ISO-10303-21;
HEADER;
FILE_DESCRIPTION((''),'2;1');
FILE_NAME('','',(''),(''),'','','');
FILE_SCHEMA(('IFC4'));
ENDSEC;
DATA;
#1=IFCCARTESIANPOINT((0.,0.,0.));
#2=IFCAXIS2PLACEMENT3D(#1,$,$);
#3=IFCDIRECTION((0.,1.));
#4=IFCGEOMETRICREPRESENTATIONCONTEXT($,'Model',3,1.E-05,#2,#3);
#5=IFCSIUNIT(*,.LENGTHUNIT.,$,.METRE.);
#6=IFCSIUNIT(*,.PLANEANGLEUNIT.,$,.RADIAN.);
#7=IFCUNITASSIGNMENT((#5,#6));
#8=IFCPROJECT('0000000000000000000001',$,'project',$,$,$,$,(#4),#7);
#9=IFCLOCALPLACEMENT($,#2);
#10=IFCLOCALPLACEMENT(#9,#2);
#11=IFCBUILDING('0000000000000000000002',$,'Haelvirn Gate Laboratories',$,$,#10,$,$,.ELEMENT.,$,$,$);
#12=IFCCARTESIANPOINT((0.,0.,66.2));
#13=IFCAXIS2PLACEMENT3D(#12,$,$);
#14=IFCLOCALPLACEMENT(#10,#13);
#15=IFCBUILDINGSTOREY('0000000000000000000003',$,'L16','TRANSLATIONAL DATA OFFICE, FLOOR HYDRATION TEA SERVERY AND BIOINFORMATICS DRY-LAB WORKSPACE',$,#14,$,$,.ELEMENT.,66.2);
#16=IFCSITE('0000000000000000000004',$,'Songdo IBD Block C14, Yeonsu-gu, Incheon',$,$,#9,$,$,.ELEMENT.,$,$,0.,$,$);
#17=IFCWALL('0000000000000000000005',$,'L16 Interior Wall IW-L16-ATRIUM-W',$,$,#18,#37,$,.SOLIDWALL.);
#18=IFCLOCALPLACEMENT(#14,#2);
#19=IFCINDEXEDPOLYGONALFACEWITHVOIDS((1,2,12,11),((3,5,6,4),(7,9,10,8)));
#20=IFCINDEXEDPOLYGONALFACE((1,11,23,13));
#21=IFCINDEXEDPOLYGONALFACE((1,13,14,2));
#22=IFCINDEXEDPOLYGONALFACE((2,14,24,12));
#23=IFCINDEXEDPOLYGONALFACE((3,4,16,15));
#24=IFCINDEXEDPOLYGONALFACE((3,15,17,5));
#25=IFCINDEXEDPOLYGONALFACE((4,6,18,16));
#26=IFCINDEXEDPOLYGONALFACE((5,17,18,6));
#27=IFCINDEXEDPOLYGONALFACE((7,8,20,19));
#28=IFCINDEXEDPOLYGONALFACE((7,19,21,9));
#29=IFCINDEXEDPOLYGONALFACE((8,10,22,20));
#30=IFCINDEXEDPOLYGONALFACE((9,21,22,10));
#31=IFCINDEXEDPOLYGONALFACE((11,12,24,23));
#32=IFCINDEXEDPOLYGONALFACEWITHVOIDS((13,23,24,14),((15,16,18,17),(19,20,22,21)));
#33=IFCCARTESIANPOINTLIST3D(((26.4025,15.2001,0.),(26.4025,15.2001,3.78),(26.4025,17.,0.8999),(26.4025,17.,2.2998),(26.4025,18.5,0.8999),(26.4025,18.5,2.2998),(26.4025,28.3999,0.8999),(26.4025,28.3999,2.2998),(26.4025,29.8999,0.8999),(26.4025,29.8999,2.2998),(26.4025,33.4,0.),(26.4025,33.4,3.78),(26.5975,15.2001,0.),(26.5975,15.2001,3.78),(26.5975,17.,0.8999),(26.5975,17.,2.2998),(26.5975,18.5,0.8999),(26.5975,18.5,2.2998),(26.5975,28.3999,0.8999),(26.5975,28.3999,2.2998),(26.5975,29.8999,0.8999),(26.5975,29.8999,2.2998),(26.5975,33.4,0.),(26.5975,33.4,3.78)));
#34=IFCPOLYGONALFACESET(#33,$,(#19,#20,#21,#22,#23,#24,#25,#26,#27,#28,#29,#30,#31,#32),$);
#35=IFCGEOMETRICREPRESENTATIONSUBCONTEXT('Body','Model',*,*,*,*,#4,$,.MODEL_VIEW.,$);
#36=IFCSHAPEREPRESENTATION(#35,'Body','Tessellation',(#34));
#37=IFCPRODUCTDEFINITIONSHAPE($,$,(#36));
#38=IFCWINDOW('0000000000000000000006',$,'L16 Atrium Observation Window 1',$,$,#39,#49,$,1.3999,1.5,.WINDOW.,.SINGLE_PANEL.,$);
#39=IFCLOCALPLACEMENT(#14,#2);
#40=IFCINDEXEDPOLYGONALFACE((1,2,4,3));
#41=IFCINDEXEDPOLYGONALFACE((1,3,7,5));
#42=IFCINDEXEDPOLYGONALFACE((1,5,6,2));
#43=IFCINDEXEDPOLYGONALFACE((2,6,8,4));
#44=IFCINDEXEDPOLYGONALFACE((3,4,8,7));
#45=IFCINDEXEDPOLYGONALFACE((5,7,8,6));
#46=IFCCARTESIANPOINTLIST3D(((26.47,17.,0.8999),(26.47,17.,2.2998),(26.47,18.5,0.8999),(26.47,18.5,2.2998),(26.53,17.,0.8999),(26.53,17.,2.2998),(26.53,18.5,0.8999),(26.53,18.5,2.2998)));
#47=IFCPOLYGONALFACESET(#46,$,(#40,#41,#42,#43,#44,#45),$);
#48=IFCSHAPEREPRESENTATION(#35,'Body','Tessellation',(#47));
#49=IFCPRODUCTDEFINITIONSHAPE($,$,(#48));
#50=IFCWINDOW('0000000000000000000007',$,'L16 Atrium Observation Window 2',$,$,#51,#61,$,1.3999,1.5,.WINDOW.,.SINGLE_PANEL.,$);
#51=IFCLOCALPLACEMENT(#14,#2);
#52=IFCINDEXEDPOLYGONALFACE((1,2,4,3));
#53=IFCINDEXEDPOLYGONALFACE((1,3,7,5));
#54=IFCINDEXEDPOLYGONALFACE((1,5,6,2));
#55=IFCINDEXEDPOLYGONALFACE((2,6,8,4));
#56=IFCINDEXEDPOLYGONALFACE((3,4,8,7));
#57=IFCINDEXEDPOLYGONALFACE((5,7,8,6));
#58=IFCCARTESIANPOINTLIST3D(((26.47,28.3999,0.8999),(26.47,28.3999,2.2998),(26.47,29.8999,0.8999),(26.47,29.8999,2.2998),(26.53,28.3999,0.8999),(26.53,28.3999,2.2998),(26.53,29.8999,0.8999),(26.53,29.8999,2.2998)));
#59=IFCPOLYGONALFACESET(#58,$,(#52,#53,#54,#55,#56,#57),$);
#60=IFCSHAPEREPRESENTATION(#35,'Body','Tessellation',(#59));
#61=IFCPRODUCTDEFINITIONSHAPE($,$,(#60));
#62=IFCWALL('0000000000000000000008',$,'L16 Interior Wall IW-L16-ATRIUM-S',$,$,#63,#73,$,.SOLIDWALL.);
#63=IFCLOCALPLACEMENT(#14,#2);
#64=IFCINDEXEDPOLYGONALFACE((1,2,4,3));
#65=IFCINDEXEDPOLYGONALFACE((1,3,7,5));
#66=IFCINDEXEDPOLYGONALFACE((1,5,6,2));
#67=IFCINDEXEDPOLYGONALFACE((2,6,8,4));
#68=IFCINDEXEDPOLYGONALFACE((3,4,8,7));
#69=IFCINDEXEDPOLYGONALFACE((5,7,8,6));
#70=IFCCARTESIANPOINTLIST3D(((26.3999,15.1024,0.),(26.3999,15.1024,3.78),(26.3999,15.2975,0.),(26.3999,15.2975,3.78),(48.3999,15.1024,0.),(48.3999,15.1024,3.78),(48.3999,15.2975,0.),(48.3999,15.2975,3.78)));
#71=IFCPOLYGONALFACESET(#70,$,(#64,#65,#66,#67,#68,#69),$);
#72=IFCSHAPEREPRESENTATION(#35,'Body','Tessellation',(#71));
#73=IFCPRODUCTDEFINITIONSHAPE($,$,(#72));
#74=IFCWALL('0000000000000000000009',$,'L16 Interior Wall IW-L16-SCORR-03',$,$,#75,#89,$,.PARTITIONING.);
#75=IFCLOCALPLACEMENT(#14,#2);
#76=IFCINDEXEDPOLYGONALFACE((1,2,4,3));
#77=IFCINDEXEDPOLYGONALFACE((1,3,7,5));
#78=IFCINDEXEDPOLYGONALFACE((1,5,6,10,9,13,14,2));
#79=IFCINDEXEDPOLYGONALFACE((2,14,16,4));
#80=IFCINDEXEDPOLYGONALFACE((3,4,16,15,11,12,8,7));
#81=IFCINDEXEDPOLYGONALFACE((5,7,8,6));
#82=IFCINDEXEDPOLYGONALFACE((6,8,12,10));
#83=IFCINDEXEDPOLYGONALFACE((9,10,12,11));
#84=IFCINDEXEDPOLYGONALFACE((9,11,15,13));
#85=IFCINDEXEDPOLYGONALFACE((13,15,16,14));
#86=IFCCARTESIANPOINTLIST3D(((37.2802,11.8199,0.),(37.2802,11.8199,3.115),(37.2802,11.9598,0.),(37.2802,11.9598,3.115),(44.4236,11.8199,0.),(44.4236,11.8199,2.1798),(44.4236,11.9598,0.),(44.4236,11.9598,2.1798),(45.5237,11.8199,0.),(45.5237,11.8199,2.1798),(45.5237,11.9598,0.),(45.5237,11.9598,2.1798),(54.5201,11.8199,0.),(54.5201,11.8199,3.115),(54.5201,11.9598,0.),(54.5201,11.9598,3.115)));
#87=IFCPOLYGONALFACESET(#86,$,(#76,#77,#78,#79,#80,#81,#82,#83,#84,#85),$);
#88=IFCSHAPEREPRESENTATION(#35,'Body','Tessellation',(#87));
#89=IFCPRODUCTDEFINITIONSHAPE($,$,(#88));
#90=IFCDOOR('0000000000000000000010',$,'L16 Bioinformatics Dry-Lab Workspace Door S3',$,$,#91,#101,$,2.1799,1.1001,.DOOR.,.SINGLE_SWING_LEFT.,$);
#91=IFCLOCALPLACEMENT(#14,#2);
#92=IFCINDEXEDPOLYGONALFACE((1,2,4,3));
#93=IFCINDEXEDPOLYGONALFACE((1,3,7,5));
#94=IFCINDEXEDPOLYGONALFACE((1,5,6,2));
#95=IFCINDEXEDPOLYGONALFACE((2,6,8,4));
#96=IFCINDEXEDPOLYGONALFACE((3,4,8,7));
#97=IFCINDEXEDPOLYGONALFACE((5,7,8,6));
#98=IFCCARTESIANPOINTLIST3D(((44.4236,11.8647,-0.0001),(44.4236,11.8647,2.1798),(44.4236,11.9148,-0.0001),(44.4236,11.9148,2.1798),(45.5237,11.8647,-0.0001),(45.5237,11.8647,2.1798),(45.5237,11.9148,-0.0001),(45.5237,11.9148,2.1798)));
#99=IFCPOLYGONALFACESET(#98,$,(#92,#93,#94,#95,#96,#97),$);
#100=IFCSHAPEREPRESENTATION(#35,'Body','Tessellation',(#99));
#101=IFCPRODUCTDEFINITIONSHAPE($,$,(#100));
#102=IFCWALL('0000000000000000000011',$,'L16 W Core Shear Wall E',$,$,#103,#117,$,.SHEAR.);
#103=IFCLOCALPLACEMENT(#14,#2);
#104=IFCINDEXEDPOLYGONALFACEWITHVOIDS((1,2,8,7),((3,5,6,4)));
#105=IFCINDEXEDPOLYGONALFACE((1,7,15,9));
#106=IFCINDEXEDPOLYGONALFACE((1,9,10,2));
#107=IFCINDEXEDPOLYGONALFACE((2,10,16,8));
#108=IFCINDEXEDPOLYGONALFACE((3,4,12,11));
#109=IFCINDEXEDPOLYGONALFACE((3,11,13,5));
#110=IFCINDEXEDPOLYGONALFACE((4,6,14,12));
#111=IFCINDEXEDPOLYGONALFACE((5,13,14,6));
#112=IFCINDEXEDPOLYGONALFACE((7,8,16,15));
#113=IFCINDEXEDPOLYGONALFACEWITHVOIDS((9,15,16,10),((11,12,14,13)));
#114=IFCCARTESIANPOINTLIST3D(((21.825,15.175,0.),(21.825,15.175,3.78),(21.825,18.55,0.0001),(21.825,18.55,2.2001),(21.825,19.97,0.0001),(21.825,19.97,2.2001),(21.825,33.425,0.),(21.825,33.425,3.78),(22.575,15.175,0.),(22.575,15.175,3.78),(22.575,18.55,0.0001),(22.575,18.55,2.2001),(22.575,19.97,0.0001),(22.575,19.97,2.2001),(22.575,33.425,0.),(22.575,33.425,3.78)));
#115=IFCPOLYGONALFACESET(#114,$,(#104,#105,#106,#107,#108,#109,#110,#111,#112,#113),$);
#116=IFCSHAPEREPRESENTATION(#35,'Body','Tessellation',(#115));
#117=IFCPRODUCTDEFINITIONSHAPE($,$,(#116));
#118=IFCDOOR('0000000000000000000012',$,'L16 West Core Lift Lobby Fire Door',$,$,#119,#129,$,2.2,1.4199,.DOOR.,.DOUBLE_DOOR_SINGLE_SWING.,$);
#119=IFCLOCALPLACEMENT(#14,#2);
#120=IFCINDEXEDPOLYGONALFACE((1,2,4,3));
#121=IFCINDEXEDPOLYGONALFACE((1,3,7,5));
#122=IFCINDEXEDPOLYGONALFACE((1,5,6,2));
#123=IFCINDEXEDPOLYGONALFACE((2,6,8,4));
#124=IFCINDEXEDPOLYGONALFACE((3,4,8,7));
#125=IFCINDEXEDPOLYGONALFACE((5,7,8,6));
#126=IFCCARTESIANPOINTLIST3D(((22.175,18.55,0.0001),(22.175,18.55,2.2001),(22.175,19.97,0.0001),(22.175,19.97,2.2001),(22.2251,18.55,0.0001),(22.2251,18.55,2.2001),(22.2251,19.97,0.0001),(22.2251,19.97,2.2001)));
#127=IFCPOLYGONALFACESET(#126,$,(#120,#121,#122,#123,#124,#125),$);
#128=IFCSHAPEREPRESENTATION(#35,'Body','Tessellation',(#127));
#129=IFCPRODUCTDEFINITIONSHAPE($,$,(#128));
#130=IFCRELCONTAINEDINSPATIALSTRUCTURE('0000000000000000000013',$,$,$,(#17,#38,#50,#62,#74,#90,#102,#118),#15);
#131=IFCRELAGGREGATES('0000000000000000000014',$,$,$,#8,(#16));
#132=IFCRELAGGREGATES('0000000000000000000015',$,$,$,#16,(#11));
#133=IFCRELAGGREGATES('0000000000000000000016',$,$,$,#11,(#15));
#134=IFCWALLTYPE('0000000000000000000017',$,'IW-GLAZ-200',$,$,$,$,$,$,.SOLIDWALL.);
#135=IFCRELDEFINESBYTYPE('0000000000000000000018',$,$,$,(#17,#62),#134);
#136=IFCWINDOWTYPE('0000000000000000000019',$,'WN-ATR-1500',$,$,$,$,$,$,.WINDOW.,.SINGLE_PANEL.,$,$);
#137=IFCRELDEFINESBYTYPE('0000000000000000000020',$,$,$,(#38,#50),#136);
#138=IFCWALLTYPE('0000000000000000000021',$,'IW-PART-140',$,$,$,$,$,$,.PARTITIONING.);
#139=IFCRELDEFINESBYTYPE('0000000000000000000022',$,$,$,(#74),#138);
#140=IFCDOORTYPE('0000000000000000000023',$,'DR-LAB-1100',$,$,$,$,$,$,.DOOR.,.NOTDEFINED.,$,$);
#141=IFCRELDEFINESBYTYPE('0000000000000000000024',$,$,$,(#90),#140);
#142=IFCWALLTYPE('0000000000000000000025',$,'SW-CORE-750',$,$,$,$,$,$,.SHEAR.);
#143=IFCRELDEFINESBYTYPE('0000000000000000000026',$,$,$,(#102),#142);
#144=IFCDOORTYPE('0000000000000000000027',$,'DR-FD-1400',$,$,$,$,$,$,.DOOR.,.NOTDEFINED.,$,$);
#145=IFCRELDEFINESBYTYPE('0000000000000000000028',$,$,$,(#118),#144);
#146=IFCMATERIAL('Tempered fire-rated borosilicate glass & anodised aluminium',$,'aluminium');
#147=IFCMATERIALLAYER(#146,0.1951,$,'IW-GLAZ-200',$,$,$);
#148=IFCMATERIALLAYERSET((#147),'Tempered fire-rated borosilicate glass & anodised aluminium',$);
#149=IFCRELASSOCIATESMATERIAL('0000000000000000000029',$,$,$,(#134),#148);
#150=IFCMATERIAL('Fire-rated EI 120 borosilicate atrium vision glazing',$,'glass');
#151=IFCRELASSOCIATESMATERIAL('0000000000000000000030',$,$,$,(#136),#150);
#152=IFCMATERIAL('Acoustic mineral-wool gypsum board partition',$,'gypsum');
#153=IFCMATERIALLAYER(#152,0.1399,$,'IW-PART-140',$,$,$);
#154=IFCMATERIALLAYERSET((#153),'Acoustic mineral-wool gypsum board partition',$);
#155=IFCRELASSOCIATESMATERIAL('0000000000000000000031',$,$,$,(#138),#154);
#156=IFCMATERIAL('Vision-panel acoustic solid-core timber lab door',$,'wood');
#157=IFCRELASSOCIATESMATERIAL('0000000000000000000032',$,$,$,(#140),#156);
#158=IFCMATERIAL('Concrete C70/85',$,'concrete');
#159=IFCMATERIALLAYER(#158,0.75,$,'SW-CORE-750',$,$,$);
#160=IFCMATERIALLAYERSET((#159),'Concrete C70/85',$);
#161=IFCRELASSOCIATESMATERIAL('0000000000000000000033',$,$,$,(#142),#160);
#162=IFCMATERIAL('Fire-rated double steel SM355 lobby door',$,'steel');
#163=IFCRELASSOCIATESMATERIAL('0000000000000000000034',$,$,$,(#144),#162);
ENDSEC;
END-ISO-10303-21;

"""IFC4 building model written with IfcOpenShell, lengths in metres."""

from ifc_helpers import new_model, si_unit, direction, frame, frame_2d, origin, place, context, subcontext, project, spatial, rectangle, extrude, source, transform, mapped, material, layer, layer_set, type_object, type_shapes, element, fill, save


model = new_model("IFC4")

# Units and contexts
model_context = context("Model", 3, precision=1e-05, world=origin(), true_north=direction((0.0, 1.0)))
body_context = subcontext(model_context, "Body", "Model", "MODEL_VIEW")
ifc_project = project(units=[si_unit("LENGTHUNIT", "METRE"), si_unit("PLANEANGLEUNIT", "RADIAN")], contexts=[model_context])

# Site, building, storey
site_placement = place(None, origin())
site = spatial("IfcSite", under=ifc_project, at=site_placement, Name="Songdo IBD Block C14, Yeonsu-gu, Incheon", CompositionType="ELEMENT", RefElevation=0.0)
building_placement = place(site_placement, origin())
building = spatial("IfcBuilding", under=site, at=building_placement, Name="Haelvirn Gate Laboratories", CompositionType="ELEMENT")
storey_placement = place(building_placement, frame((0.0, 0.0, 66.2)))
storey = spatial("IfcBuildingStorey", under=building, at=storey_placement, Name="L16", Description="TRANSLATIONAL DATA OFFICE, FLOOR HYDRATION TEA SERVERY AND BIOINFORMATICS DRY-LAB WORKSPACE", CompositionType="ELEMENT", Elevation=66.2)

# Wall, openings, windows
ifc_material_1 = material(Name="Tempered fire-rated borosilicate glass & anodised aluminium", Category="aluminium")
ifc_layer_1 = layer(ifc_material_1, 0.1951, Name="IW-GLAZ-200")
ifc_layer_set_1 = layer_set([ifc_layer_1], Name="Tempered fire-rated borosilicate glass & anodised aluminium")
wall_type_1 = type_object("IfcWallType", Name="IW-GLAZ-200", PredefinedType="SOLIDWALL", material=ifc_layer_set_1)
wall_1_placement = place(storey_placement, frame((26.5, 15.2, 0.0), z_axis=(0.0, 0.0, 1.0), x_axis=(0.0, 1.0, 0.0)))
wall_1 = element("IfcWall", 1, at=wall_1_placement, inside=storey, type_object=wall_type_1, Name="L16 Interior Wall IW-L16-ATRIUM-W", PredefinedType="SOLIDWALL", context=body_context, shape_type="SweptSolid", body=[
    extrude(rectangle(XDim=18.2, YDim=0.1951, at=frame_2d((9.1001, 0.0))), origin(), (0.0, 0.0, 1.0), 3.78),
])
opening_1_placement = place(wall_1_placement, frame((1.8, 0.0, 0.8999)))
opening_1 = element("IfcOpeningElement", 2, at=opening_1_placement, cuts=wall_1, PredefinedType="OPENING", context=body_context, shape_type="SweptSolid", body=[
    extrude(rectangle(XDim=1.5, YDim=1.3999, at=frame_2d((0.75, 0.7))), frame((0.0, 0.1074, 0.0), z_axis=(0.0, -1.0, 0.0), x_axis=(1.0, 0.0, 0.0)), (0.0, 0.0, 1.0), 0.2151),
])
opening_2_placement = place(wall_1_placement, frame((13.2, 0.0, 0.8999)))
opening_2 = element("IfcOpeningElement", 3, at=opening_2_placement, cuts=wall_1, PredefinedType="OPENING", context=body_context, shape_type="SweptSolid", body=[
    extrude(rectangle(XDim=1.5, YDim=1.3999, at=frame_2d((0.75, 0.7))), frame((0.0, 0.1074, 0.0), z_axis=(0.0, -1.0, 0.0), x_axis=(1.0, 0.0, 0.0)), (0.0, 0.0, 1.0), 0.2151),
])
ifc_material_2 = material(Name="Fire-rated EI 120 borosilicate atrium vision glazing", Category="glass")
window_type = type_object("IfcWindowType", Name="WN-ATR-1500", PartitioningType="SINGLE_PANEL", PredefinedType="WINDOW", material=ifc_material_2)
shared_shape_1 = source(origin(), body_context, "Body", "SweptSolid", [
    extrude(rectangle(XDim=1.5, YDim=1.3999, at=frame_2d((0.75, 0.7))), frame((0.0, 0.03, 0.0), z_axis=(0.0, -1.0, 0.0), x_axis=(1.0, 0.0, 0.0)), (0.0, 0.0, 1.0), 0.0601),
])
type_shapes(window_type, [shared_shape_1])
window_1_placement = place(opening_1_placement, origin())
window_1 = element("IfcWindow", 4, at=window_1_placement, inside=storey, type_object=window_type, Name="L16 Atrium Observation Window 1", OverallHeight=1.3999, OverallWidth=1.5, PartitioningType="SINGLE_PANEL", PredefinedType="WINDOW", context=body_context, shape_type="MappedRepresentation", body=[
    mapped(shared_shape_1, transform((0.0, 0.0, 0.0), scale=1.0)),
])
fill(opening_1, window_1)
window_2_placement = place(opening_2_placement, origin())
window_2 = element("IfcWindow", 5, at=window_2_placement, inside=storey, type_object=window_type, Name="L16 Atrium Observation Window 2", OverallHeight=1.3999, OverallWidth=1.5, PartitioningType="SINGLE_PANEL", PredefinedType="WINDOW", context=body_context, shape_type="MappedRepresentation", body=[
    mapped(shared_shape_1, transform((0.0, 0.0, 0.0), scale=1.0)),
])
fill(opening_2, window_2)

# Wall
wall_2_placement = place(storey_placement, frame((26.3999, 15.2, 0.0), z_axis=(0.0, 0.0, 1.0), x_axis=(1.0, 0.0, 0.0)))
element("IfcWall", 6, at=wall_2_placement, inside=storey, type_object=wall_type_1, Name="L16 Interior Wall IW-L16-ATRIUM-S", PredefinedType="SOLIDWALL", context=body_context, shape_type="SweptSolid", body=[
    extrude(rectangle(XDim=22.0, YDim=0.1951, at=frame_2d((11.0, 0.0))), origin(), (0.0, 0.0, 1.0), 3.78),
])

# Walls, openings, doors
ifc_material_3 = material(Name="Acoustic mineral-wool gypsum board partition", Category="gypsum")
ifc_layer_2 = layer(ifc_material_3, 0.1399, Name="IW-PART-140")
ifc_layer_set_2 = layer_set([ifc_layer_2], Name="Acoustic mineral-wool gypsum board partition")
wall_type_2 = type_object("IfcWallType", Name="IW-PART-140", PredefinedType="PARTITIONING", material=ifc_layer_set_2)
wall_3_placement = place(storey_placement, frame((37.28, 11.8899, 0.0), z_axis=(0.0, 0.0, 1.0), x_axis=(1.0, 0.0, 0.0)))
wall_3 = element("IfcWall", 7, at=wall_3_placement, inside=storey, type_object=wall_type_2, Name="L16 Interior Wall IW-L16-SCORR-03", PredefinedType="PARTITIONING", context=body_context, shape_type="SweptSolid", body=[
    extrude(rectangle(XDim=17.24, YDim=0.1399, at=frame_2d((8.6201, 0.0))), origin(), (0.0, 0.0, 1.0), 3.115),
])
opening_3_placement = place(wall_3_placement, frame((7.1436, 0.0, 0.0)))
opening_3 = element("IfcOpeningElement", 8, at=opening_3_placement, cuts=wall_3, PredefinedType="OPENING", context=body_context, shape_type="SweptSolid", body=[
    extrude(rectangle(XDim=1.1001, YDim=2.1799, at=frame_2d((0.55, 1.0898))), frame((0.0, 0.0801, 0.0), z_axis=(0.0, -1.0, 0.0), x_axis=(1.0, 0.0, 0.0)), (0.0, 0.0, 1.0), 0.1599),
])
ifc_material_4 = material(Name="Vision-panel acoustic solid-core timber lab door", Category="wood")
door_type_1 = type_object("IfcDoorType", Name="DR-LAB-1100", OperationType="NOTDEFINED", PredefinedType="DOOR", material=ifc_material_4)
shared_shape_2 = source(origin(), body_context, "Body", "SweptSolid", [
    extrude(rectangle(XDim=1.1001, YDim=2.1799, at=frame_2d((0.55, 1.0898))), frame((0.0, 0.0249, 0.0), z_axis=(0.0, -1.0, 0.0), x_axis=(1.0, 0.0, 0.0)), (0.0, 0.0, 1.0), 0.05),
])
type_shapes(door_type_1, [shared_shape_2])
door_1_placement = place(opening_3_placement, origin())
door_1 = element("IfcDoor", 9, at=door_1_placement, inside=storey, type_object=door_type_1, Name="L16 Bioinformatics Dry-Lab Workspace Door S3", OperationType="SINGLE_SWING_LEFT", OverallHeight=2.1799, OverallWidth=1.1001, PredefinedType="DOOR", context=body_context, shape_type="MappedRepresentation", body=[
    mapped(shared_shape_2, transform((0.0, 0.0, 0.0), scale=1.0)),
])
fill(opening_3, door_1)
ifc_material_5 = material(Name="Concrete C70/85", Category="concrete")
ifc_layer_3 = layer(ifc_material_5, 0.75, Name="SW-CORE-750")
ifc_layer_set_3 = layer_set([ifc_layer_3], Name="Concrete C70/85")
wall_type_3 = type_object("IfcWallType", Name="SW-CORE-750", PredefinedType="SHEAR", material=ifc_layer_set_3)
wall_4_placement = place(storey_placement, frame((22.2, 15.175, 0.0), z_axis=(0.0, 0.0, 1.0), x_axis=(0.0, 1.0, 0.0)))
wall_4 = element("IfcWall", 10, at=wall_4_placement, inside=storey, type_object=wall_type_3, Name="L16 W Core Shear Wall E", PredefinedType="SHEAR", context=body_context, shape_type="SweptSolid", body=[
    extrude(rectangle(XDim=18.25, YDim=0.75, at=frame_2d((9.125, 0.0))), origin(), (0.0, 0.0, 1.0), 3.78),
])
opening_4_placement = place(wall_4_placement, frame((3.375, 0.0, 0.0)))
opening_4 = element("IfcOpeningElement", 11, at=opening_4_placement, cuts=wall_4, PredefinedType="OPENING", context=body_context, shape_type="SweptSolid", body=[
    extrude(rectangle(XDim=1.4199, YDim=2.2, at=frame_2d((0.71, 1.1001))), frame((0.0, 0.385, 0.0), z_axis=(0.0, -1.0, 0.0), x_axis=(1.0, 0.0, 0.0)), (0.0, 0.0, 1.0), 0.77),
])
ifc_material_6 = material(Name="Fire-rated double steel SM355 lobby door", Category="steel")
door_type_2 = type_object("IfcDoorType", Name="DR-FD-1400", OperationType="NOTDEFINED", PredefinedType="DOOR", material=ifc_material_6)
shared_shape_3 = source(origin(), body_context, "Body", "SweptSolid", [
    extrude(rectangle(XDim=1.4199, YDim=2.2, at=frame_2d((0.71, 1.1001))), frame((0.0, 0.0249, 0.0), z_axis=(0.0, -1.0, 0.0), x_axis=(1.0, 0.0, 0.0)), (0.0, 0.0, 1.0), 0.05),
])
type_shapes(door_type_2, [shared_shape_3])
door_2_placement = place(opening_4_placement, origin())
door_2 = element("IfcDoor", 12, at=door_2_placement, inside=storey, type_object=door_type_2, Name="L16 West Core Lift Lobby Fire Door", OperationType="DOUBLE_DOOR_SINGLE_SWING", OverallHeight=2.2, OverallWidth=1.4199, PredefinedType="DOOR", context=body_context, shape_type="MappedRepresentation", body=[
    mapped(shared_shape_3, transform((0.0, 0.0, 0.0), scale=1.0)),
])
fill(opening_4, door_2)

save(model, "model.ifc")
